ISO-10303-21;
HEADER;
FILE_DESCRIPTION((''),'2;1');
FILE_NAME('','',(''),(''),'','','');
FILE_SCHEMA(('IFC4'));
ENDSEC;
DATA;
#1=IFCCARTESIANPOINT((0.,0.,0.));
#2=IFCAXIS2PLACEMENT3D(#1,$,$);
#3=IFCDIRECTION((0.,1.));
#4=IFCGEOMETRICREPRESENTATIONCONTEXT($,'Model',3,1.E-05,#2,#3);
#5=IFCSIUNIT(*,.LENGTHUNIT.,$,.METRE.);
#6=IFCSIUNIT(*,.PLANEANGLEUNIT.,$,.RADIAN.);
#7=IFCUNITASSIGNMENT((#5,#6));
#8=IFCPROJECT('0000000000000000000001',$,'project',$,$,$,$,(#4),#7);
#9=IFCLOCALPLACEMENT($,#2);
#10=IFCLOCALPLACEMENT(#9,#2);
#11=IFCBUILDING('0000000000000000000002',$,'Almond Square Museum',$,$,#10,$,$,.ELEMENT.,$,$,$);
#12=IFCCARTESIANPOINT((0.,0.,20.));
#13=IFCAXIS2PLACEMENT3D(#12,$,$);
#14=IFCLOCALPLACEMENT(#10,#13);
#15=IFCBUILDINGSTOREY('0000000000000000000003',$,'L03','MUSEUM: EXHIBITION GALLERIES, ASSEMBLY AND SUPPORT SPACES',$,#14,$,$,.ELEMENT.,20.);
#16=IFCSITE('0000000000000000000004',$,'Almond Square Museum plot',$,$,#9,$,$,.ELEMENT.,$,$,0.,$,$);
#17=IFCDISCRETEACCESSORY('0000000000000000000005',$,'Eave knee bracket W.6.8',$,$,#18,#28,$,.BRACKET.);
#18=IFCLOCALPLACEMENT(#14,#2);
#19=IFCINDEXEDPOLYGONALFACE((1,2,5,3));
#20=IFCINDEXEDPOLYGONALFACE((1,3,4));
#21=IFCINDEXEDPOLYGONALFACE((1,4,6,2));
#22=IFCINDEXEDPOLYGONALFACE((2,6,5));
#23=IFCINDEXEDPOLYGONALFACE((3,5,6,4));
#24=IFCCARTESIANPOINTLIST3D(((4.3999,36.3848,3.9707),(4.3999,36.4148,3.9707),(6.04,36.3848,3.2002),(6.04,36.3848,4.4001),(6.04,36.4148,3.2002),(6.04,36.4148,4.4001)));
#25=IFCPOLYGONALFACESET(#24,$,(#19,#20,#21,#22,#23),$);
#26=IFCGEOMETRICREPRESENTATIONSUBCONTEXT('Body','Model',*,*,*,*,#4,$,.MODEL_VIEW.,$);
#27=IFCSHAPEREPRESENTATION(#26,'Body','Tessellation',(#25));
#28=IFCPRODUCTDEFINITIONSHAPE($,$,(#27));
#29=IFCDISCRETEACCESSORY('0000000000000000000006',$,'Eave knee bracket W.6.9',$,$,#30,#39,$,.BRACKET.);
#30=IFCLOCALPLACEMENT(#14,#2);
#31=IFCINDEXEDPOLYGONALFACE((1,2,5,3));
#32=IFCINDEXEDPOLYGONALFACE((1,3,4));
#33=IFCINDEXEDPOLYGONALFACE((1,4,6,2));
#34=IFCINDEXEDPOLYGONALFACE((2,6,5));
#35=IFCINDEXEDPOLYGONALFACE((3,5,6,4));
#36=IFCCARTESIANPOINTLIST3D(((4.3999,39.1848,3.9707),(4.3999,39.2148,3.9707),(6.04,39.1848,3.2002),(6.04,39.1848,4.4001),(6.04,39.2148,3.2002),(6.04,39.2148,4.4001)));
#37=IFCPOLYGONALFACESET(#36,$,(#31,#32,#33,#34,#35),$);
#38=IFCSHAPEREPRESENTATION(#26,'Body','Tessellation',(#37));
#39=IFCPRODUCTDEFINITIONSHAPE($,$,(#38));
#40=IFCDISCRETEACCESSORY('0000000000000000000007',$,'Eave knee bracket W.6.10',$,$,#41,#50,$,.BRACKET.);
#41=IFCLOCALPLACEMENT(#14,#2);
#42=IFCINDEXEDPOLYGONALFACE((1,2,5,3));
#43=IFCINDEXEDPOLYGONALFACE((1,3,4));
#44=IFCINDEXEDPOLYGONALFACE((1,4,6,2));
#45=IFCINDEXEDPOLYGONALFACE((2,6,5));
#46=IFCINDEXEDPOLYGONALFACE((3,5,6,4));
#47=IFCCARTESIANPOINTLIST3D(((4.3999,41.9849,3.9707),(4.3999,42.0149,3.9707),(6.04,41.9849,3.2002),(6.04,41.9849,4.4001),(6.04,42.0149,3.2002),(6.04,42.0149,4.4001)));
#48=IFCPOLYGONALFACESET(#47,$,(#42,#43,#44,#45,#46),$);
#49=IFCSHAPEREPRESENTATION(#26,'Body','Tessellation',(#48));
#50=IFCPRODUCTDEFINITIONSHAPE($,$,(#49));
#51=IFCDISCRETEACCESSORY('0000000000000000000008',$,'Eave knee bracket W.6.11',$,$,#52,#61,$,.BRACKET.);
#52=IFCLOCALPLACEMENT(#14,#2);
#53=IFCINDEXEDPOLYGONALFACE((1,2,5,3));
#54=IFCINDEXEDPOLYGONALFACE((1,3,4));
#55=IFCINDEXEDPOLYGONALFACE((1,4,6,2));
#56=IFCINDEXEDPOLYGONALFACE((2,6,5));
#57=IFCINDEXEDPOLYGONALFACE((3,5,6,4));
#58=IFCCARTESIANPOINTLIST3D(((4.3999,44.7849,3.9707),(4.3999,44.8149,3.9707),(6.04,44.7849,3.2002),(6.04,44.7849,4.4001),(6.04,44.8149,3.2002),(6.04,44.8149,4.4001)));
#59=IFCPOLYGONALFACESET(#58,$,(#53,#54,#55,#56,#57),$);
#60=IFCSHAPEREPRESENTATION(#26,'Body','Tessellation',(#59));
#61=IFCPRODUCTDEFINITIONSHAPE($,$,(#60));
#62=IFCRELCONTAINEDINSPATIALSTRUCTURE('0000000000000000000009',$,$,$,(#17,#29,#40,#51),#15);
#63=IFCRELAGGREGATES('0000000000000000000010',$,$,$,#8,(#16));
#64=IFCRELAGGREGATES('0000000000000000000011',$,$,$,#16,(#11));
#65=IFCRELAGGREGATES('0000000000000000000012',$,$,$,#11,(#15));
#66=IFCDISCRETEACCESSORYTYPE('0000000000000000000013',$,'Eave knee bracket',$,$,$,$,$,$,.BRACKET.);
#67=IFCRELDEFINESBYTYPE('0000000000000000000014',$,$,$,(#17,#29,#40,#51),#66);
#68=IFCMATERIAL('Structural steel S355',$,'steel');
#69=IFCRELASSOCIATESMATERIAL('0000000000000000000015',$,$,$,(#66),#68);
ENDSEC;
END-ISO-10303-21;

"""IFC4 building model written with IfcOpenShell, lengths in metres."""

from ifc_helpers import new_model, si_unit, direction, frame, origin, place, context, subcontext, project, spatial, polyline, outline, extrude, material, type_object, element, save


model = new_model("IFC4")

# Units and contexts
model_context = context("Model", 3, precision=1e-05, world=origin(), true_north=direction((0.0, 1.0)))
body_context = subcontext(model_context, "Body", "Model", "MODEL_VIEW")
ifc_project = project(units=[si_unit("LENGTHUNIT", "METRE"), si_unit("PLANEANGLEUNIT", "RADIAN")], contexts=[model_context])

# Site, building, storey
site_placement = place(None, origin())
site = spatial("IfcSite", under=ifc_project, at=site_placement, Name="Almond Square Museum plot", CompositionType="ELEMENT", RefElevation=0.0)
building_placement = place(site_placement, origin())
building = spatial("IfcBuilding", under=site, at=building_placement, Name="Almond Square Museum", CompositionType="ELEMENT")
storey_placement = place(building_placement, frame((0.0, 0.0, 20.0)))
storey = spatial("IfcBuildingStorey", under=building, at=storey_placement, Name="L03", Description="MUSEUM: EXHIBITION GALLERIES, ASSEMBLY AND SUPPORT SPACES", CompositionType="ELEMENT", Elevation=20.0)

# Discrete accessories
ifc_material_1 = material(Name="Structural steel S355", Category="steel")
discrete_accessory_type = type_object("IfcDiscreteAccessoryType", Name="Eave knee bracket", PredefinedType="BRACKET", material=ifc_material_1)
for number, where, z_axis, x_axis, name in (
    (1, (6.04, 36.3999, 4.4001), (0.0, 1.0, 0.0), (0.0, 0.0, -1.0), "Eave knee bracket W.6.8"),
    (2, (6.04, 39.2, 4.4001), (0.0, 1.0, 0.0), (0.0, 0.0, -1.0), "Eave knee bracket W.6.9"),
    (3, (6.04, 42.0, 4.4001), (0.0, 1.0, 0.0), (0.0, 0.0, -1.0), "Eave knee bracket W.6.10"),
    (4, (6.04, 44.8, 4.4001), (0.0, 1.0, 0.0), (0.0, 0.0, -1.0), "Eave knee bracket W.6.11"),
):
    element("IfcDiscreteAccessory", number, at=place(storey_placement, frame(where, z_axis=z_axis, x_axis=x_axis)), inside=storey, type_object=discrete_accessory_type, Name=name, PredefinedType="BRACKET", context=body_context, shape_type="SweptSolid", body=[
        extrude(outline(polyline([(0.0, 0.0), (1.2, 0.0), (0.4294, 1.6401), (0.0, 0.0)])), frame((0.0, 0.0, -0.0151)), (0.0, 0.0, 1.0), 0.03),
    ])

save(model, "model.ifc")
